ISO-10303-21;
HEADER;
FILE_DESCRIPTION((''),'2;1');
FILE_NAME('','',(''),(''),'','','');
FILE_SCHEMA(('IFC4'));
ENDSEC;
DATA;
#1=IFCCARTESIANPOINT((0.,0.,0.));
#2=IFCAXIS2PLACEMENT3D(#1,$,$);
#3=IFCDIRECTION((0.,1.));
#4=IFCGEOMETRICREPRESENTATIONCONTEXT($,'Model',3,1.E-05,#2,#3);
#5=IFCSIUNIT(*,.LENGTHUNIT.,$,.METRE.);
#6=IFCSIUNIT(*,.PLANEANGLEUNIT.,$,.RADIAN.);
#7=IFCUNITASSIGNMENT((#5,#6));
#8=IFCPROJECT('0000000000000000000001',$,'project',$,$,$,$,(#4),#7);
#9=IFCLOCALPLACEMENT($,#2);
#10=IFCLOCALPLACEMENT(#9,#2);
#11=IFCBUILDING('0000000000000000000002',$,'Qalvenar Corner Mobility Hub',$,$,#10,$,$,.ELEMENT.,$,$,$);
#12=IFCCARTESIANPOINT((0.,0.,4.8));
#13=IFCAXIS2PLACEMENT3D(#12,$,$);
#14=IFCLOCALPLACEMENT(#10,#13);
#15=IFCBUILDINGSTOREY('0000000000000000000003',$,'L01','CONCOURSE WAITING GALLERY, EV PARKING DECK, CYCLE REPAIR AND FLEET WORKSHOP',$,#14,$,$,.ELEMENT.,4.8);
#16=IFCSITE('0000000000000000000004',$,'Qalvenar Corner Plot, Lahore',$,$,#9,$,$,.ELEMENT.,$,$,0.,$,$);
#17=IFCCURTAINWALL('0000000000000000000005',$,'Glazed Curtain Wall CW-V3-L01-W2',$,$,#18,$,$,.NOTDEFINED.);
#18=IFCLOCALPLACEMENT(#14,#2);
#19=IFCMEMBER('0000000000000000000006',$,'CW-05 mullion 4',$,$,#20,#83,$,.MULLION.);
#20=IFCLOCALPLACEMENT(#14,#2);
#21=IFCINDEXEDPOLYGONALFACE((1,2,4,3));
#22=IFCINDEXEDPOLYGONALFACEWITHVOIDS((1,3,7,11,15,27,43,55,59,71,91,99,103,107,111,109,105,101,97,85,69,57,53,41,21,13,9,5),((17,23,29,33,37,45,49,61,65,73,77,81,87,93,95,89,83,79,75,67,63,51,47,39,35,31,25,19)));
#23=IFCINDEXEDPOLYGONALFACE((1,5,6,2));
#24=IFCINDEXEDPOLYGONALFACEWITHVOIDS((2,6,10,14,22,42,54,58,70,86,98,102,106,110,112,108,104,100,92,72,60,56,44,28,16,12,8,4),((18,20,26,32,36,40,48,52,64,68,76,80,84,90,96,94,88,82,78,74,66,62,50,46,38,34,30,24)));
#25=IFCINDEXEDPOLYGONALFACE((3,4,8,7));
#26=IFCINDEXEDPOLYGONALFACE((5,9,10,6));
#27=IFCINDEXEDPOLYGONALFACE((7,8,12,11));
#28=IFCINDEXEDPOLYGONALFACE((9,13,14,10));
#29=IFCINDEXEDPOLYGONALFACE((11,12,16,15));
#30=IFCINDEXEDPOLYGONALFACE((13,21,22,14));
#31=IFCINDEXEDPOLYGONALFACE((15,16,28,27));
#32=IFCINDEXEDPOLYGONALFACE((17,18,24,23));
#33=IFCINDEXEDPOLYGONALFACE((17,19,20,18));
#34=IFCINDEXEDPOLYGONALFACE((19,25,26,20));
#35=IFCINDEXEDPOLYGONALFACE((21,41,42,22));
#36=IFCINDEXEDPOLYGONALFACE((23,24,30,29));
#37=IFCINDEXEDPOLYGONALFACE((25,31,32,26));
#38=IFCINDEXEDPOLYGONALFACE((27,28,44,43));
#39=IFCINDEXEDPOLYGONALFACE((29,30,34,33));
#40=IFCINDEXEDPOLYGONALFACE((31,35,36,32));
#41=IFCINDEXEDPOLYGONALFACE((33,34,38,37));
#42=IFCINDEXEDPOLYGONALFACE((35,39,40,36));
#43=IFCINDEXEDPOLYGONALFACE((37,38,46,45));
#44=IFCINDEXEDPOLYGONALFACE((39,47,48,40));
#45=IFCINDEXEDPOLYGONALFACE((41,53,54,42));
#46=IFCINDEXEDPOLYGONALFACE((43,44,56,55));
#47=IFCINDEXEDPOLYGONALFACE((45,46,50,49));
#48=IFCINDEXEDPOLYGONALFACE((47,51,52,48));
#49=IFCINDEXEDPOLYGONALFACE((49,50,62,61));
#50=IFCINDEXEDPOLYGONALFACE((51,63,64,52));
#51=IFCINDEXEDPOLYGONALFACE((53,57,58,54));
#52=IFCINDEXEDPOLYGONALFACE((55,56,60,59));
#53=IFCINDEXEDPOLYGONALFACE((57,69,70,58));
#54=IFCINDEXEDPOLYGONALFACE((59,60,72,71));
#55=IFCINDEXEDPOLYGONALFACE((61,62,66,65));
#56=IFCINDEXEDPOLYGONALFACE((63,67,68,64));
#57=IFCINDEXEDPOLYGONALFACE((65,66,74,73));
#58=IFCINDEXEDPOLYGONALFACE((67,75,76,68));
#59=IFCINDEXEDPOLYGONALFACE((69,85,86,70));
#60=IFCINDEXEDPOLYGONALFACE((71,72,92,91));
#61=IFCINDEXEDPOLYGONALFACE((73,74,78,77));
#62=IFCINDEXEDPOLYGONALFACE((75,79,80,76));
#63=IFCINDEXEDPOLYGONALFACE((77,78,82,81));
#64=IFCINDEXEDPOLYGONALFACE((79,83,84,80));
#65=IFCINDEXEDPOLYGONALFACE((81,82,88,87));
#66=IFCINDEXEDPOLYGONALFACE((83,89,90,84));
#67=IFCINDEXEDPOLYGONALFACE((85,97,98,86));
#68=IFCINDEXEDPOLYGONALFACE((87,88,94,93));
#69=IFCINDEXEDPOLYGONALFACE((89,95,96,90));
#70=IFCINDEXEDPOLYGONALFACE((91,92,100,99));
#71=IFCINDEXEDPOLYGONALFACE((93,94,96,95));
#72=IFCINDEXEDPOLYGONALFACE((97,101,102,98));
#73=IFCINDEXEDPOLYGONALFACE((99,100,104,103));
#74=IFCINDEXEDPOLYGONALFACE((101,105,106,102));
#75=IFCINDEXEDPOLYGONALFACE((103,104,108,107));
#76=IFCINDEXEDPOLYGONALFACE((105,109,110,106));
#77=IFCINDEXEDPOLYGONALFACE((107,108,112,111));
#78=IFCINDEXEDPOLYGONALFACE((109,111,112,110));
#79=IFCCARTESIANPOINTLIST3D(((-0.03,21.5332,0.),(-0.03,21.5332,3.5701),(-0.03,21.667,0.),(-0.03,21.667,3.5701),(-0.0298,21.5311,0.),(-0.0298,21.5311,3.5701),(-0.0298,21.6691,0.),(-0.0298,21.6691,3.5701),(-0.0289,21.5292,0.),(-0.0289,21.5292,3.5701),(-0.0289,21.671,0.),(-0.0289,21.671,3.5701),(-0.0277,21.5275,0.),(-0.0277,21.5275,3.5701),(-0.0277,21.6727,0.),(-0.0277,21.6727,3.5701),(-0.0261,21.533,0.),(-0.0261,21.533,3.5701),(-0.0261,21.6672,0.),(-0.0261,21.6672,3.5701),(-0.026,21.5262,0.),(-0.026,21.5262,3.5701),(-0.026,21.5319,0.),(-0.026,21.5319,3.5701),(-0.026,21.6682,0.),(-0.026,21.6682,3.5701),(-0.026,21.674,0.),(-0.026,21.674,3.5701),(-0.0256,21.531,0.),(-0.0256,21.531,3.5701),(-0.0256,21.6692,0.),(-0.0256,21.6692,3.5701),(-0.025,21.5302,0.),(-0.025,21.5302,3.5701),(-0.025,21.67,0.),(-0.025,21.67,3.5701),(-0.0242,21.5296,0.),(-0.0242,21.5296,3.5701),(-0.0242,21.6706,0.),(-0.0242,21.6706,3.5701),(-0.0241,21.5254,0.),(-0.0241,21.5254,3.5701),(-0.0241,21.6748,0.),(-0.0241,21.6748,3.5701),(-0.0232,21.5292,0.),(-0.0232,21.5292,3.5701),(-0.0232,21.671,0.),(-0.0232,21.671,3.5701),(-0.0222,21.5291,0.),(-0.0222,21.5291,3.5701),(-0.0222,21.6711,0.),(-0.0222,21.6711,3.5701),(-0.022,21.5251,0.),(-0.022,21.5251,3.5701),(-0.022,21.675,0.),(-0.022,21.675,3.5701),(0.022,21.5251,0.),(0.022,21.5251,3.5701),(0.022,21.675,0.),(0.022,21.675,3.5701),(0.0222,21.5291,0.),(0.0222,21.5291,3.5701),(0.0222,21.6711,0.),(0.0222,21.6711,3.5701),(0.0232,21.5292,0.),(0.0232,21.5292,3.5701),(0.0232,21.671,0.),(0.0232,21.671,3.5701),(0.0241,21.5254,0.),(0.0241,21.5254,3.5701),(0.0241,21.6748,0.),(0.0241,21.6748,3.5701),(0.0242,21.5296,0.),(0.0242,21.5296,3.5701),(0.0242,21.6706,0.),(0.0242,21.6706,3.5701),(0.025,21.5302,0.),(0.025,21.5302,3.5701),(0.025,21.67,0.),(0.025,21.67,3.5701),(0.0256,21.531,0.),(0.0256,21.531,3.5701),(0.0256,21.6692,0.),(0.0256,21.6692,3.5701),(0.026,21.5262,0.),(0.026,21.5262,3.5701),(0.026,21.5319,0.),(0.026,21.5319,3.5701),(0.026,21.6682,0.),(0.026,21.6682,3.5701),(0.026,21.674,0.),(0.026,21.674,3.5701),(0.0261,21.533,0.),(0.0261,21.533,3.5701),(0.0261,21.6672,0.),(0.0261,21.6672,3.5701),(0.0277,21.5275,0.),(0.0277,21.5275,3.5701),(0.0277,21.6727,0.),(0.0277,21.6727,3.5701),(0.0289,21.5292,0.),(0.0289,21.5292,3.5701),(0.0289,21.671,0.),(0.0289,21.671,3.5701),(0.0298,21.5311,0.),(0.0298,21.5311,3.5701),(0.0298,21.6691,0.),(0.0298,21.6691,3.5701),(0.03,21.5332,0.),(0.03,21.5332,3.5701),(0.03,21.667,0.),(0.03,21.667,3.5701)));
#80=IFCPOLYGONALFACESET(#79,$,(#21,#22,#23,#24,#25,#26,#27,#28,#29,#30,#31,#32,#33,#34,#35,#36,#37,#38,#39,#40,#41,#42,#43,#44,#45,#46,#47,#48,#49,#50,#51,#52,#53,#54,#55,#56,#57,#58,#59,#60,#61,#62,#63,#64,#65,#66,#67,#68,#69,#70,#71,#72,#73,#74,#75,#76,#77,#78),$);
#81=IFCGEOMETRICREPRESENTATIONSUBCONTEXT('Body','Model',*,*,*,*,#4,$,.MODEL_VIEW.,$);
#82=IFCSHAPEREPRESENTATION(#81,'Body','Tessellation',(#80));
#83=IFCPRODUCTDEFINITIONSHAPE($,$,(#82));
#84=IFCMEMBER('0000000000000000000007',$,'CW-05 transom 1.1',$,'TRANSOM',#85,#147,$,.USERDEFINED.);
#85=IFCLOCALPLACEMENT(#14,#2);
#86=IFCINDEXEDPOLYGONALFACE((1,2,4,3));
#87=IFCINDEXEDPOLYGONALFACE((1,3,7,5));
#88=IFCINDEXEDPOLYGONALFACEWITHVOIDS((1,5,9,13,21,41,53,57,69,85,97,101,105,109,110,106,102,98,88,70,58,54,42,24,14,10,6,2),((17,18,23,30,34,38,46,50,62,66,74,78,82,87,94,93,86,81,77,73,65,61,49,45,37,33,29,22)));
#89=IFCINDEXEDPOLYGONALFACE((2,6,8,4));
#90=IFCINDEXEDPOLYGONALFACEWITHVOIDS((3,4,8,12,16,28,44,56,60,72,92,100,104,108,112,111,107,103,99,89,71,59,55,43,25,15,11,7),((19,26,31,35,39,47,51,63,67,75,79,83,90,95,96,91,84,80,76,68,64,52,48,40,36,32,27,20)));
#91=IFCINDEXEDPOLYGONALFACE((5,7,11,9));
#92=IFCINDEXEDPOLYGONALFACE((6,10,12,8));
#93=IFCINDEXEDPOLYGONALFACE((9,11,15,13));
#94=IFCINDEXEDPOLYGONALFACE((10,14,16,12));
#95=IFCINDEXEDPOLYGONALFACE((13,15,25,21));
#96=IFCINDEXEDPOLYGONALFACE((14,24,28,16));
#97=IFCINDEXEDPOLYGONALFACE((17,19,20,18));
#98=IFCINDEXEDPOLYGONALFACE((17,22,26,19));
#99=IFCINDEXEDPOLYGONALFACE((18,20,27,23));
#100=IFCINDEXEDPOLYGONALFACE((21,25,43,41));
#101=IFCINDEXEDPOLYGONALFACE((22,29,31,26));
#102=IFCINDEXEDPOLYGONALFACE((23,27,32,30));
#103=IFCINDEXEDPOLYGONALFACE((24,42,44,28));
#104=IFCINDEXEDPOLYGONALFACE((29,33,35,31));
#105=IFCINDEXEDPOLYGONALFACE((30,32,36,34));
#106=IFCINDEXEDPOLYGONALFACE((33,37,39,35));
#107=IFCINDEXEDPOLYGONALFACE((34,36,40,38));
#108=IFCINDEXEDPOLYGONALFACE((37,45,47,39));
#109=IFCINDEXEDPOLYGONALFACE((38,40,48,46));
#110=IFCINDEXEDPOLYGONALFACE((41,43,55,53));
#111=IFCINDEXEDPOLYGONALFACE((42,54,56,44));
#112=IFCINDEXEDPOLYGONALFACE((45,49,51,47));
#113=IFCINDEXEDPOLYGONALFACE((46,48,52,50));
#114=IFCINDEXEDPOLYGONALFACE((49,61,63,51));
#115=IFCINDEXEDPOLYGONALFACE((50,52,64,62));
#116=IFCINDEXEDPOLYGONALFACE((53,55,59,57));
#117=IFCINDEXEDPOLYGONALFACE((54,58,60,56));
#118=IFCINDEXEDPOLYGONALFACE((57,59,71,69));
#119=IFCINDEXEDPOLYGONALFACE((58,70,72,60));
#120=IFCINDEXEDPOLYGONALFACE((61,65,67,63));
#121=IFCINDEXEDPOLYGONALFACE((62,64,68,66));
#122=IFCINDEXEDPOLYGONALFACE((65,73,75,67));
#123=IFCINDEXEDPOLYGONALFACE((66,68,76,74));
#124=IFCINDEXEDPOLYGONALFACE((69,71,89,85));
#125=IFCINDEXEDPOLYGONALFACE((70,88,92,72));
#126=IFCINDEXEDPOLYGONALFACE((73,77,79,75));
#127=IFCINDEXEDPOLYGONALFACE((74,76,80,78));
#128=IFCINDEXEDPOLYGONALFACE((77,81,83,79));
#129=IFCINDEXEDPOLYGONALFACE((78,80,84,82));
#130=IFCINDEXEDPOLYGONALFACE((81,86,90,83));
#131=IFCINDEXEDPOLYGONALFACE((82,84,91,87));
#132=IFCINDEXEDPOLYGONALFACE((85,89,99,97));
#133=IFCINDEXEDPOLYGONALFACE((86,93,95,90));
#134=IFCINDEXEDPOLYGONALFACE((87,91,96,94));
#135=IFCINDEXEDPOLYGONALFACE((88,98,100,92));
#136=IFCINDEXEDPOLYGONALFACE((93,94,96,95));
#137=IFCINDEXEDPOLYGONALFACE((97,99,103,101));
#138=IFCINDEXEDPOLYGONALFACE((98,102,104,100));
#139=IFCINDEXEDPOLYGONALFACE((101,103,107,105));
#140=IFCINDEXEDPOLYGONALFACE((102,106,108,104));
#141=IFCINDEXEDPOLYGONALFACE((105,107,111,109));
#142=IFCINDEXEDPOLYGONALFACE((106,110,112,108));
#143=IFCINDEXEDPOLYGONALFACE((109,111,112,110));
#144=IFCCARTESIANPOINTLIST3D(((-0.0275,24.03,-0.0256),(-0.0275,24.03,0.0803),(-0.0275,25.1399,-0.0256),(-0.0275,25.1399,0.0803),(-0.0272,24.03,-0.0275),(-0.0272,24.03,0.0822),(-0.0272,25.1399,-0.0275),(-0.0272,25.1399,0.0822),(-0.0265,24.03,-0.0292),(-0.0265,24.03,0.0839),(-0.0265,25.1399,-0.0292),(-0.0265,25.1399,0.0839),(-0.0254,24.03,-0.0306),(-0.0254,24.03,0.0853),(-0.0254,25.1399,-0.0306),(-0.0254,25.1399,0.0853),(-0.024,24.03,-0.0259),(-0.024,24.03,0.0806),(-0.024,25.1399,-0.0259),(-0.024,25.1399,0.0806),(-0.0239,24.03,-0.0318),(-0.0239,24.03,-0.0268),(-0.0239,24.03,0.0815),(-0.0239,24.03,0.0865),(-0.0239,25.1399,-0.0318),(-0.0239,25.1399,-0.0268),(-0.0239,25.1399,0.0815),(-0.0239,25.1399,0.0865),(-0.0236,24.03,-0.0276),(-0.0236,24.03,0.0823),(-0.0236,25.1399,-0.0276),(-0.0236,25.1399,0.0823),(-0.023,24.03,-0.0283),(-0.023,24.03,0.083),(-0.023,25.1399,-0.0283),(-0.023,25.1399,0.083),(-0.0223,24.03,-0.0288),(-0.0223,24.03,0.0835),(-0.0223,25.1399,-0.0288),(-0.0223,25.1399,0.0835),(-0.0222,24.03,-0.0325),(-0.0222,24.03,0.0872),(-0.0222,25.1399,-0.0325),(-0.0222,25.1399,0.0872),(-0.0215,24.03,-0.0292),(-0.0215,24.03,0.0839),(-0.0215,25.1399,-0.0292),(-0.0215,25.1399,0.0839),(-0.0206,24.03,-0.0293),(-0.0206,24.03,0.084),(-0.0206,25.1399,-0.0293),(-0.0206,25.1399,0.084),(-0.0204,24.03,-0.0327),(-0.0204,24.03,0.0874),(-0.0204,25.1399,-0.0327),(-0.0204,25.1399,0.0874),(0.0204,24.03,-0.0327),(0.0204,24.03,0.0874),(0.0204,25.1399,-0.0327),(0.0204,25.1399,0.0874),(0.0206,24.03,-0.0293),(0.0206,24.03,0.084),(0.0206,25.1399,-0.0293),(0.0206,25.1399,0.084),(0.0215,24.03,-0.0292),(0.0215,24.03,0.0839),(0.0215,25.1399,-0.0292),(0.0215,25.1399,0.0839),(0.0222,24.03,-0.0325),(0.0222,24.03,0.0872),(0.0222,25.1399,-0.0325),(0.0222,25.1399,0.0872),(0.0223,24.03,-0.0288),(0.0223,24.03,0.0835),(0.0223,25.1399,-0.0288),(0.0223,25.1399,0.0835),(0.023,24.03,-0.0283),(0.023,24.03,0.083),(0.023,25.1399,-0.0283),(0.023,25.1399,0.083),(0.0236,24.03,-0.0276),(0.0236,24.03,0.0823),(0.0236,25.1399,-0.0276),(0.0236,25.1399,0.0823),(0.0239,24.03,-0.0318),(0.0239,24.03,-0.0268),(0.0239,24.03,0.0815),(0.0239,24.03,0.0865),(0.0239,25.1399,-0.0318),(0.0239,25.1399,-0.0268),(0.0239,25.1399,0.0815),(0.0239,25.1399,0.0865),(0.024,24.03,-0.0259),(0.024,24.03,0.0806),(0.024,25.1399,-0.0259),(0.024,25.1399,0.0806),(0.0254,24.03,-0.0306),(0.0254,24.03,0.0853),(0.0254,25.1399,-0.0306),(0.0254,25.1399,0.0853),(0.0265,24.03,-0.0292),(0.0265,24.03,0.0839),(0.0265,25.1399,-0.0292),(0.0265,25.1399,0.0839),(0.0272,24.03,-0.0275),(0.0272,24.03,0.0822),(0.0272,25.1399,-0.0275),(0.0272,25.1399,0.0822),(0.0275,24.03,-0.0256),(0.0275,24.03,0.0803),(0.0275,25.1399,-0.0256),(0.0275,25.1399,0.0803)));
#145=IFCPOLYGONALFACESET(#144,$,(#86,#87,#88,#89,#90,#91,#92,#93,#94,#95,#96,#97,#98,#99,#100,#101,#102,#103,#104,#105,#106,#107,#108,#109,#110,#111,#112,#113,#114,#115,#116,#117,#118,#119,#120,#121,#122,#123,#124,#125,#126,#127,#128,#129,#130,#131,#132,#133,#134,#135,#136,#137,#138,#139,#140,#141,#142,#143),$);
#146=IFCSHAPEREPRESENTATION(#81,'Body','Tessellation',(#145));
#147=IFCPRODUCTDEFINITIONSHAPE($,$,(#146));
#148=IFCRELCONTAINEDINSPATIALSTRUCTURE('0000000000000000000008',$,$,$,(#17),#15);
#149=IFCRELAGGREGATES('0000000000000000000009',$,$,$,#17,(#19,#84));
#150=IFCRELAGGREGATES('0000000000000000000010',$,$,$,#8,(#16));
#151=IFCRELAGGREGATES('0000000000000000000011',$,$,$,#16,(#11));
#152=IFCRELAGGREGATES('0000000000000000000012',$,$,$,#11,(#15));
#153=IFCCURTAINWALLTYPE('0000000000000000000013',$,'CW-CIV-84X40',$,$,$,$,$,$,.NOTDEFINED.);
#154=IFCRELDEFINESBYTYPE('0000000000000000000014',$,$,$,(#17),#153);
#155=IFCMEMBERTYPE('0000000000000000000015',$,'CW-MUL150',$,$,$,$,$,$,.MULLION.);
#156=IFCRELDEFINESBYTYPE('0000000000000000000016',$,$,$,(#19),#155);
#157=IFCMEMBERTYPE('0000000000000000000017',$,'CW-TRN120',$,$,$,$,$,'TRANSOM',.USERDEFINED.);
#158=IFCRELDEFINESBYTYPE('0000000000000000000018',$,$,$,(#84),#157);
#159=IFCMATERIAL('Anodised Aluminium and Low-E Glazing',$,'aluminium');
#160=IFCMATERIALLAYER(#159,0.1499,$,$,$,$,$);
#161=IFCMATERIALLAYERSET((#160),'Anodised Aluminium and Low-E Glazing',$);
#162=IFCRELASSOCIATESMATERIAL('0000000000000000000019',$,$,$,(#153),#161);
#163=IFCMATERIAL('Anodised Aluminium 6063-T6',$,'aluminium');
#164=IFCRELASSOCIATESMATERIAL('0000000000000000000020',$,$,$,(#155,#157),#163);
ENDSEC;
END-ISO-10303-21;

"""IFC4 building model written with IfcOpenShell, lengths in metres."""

from ifc_helpers import new_model, si_unit, direction, frame, origin, origin_2d, place, context, subcontext, project, spatial, hollow_rectangle, extrude, material, layer, layer_set, material_profile, profile_set, type_object, element, aggregate, save


model = new_model("IFC4")

# Units and contexts
model_context = context("Model", 3, precision=1e-05, world=origin(), true_north=direction((0.0, 1.0)))
body_context = subcontext(model_context, "Body", "Model", "MODEL_VIEW")
ifc_project = project(units=[si_unit("LENGTHUNIT", "METRE"), si_unit("PLANEANGLEUNIT", "RADIAN")], contexts=[model_context])

# Site, building, storey
site_placement = place(None, origin())
site = spatial("IfcSite", under=ifc_project, at=site_placement, Name="Qalvenar Corner Plot, Lahore", CompositionType="ELEMENT", RefElevation=0.0)
building_placement = place(site_placement, origin())
building = spatial("IfcBuilding", under=site, at=building_placement, Name="Qalvenar Corner Mobility Hub", CompositionType="ELEMENT")
storey_placement = place(building_placement, frame((0.0, 0.0, 4.8)))
storey = spatial("IfcBuildingStorey", under=building, at=storey_placement, Name="L01", Description="CONCOURSE WAITING GALLERY, EV PARKING DECK, CYCLE REPAIR AND FLEET WORKSHOP", CompositionType="ELEMENT", Elevation=4.8)

# Curtain wall, members
ifc_material_1 = material(Name="Anodised Aluminium and Low-E Glazing", Category="aluminium")
ifc_layer_1 = layer(ifc_material_1, 0.1499)
ifc_layer_set_1 = layer_set([ifc_layer_1], Name="Anodised Aluminium and Low-E Glazing")
curtain_wall_type = type_object("IfcCurtainWallType", Name="CW-CIV-84X40", PredefinedType="NOTDEFINED", material=ifc_layer_set_1)
curtain_wall_placement = place(storey_placement, origin())
curtain_wall = element("IfcCurtainWall", 1, at=curtain_wall_placement, inside=storey, type_object=curtain_wall_type, Name="Glazed Curtain Wall CW-V3-L01-W2", PredefinedType="NOTDEFINED")
ifc_material_2 = material(Name="Anodised Aluminium 6063-T6", Category="aluminium")
ifc_material_profile_1 = material_profile(ifc_material_2, hollow_rectangle(XDim=0.0601, YDim=0.1499, WallThickness=0.0039, InnerFilletRadius=0.0039, OuterFilletRadius=0.0081, at=origin_2d()), Name="RHS150x60x4")
ifc_profile_set_1 = profile_set([ifc_material_profile_1], Name="Anodised Aluminium 6063-T6")
member_type_1 = type_object("IfcMemberType", Name="CW-MUL150", PredefinedType="MULLION", material=ifc_profile_set_1)
member_1_placement = place(storey_placement, frame((0.0, 21.6001, 0.0), z_axis=(0.0, 0.0, 1.0), x_axis=(1.0, 0.0, 0.0)))
member_1 = element("IfcMember", 2, at=member_1_placement, type_object=member_type_1, Name="CW-05 mullion 4", PredefinedType="MULLION", context=body_context, shape_type="SweptSolid", body=[
    extrude(hollow_rectangle(XDim=0.0601, YDim=0.1499, WallThickness=0.0039, InnerFilletRadius=0.0039, OuterFilletRadius=0.0081, at=origin_2d()), origin(), (0.0, 0.0, 1.0), 3.5701),
])
ifc_material_profile_2 = material_profile(ifc_material_2, hollow_rectangle(XDim=0.0549, YDim=0.1201, WallThickness=0.0034, InnerFilletRadius=0.0034, OuterFilletRadius=0.0071, at=origin_2d()), Name="RHS120x55x3.5")
ifc_profile_set_2 = profile_set([ifc_material_profile_2], Name="Anodised Aluminium 6063-T6")
member_type_2 = type_object("IfcMemberType", Name="CW-TRN120", ElementType="TRANSOM", PredefinedType="USERDEFINED", material=ifc_profile_set_2)
member_2_placement = place(storey_placement, frame((0.0, 25.1399, 0.0273), z_axis=(0.0, -1.0, 0.0), x_axis=(1.0, 0.0, 0.0)))
member_2 = element("IfcMember", 3, at=member_2_placement, type_object=member_type_2, Name="CW-05 transom 1.1", ObjectType="TRANSOM", PredefinedType="USERDEFINED", context=body_context, shape_type="SweptSolid", body=[
    extrude(hollow_rectangle(XDim=0.0549, YDim=0.1201, WallThickness=0.0034, InnerFilletRadius=0.0034, OuterFilletRadius=0.0071, at=origin_2d()), origin(), (0.0, 0.0, 1.0), 1.1099),
])
aggregate(curtain_wall, [member_1, member_2])

save(model, "model.ifc")
